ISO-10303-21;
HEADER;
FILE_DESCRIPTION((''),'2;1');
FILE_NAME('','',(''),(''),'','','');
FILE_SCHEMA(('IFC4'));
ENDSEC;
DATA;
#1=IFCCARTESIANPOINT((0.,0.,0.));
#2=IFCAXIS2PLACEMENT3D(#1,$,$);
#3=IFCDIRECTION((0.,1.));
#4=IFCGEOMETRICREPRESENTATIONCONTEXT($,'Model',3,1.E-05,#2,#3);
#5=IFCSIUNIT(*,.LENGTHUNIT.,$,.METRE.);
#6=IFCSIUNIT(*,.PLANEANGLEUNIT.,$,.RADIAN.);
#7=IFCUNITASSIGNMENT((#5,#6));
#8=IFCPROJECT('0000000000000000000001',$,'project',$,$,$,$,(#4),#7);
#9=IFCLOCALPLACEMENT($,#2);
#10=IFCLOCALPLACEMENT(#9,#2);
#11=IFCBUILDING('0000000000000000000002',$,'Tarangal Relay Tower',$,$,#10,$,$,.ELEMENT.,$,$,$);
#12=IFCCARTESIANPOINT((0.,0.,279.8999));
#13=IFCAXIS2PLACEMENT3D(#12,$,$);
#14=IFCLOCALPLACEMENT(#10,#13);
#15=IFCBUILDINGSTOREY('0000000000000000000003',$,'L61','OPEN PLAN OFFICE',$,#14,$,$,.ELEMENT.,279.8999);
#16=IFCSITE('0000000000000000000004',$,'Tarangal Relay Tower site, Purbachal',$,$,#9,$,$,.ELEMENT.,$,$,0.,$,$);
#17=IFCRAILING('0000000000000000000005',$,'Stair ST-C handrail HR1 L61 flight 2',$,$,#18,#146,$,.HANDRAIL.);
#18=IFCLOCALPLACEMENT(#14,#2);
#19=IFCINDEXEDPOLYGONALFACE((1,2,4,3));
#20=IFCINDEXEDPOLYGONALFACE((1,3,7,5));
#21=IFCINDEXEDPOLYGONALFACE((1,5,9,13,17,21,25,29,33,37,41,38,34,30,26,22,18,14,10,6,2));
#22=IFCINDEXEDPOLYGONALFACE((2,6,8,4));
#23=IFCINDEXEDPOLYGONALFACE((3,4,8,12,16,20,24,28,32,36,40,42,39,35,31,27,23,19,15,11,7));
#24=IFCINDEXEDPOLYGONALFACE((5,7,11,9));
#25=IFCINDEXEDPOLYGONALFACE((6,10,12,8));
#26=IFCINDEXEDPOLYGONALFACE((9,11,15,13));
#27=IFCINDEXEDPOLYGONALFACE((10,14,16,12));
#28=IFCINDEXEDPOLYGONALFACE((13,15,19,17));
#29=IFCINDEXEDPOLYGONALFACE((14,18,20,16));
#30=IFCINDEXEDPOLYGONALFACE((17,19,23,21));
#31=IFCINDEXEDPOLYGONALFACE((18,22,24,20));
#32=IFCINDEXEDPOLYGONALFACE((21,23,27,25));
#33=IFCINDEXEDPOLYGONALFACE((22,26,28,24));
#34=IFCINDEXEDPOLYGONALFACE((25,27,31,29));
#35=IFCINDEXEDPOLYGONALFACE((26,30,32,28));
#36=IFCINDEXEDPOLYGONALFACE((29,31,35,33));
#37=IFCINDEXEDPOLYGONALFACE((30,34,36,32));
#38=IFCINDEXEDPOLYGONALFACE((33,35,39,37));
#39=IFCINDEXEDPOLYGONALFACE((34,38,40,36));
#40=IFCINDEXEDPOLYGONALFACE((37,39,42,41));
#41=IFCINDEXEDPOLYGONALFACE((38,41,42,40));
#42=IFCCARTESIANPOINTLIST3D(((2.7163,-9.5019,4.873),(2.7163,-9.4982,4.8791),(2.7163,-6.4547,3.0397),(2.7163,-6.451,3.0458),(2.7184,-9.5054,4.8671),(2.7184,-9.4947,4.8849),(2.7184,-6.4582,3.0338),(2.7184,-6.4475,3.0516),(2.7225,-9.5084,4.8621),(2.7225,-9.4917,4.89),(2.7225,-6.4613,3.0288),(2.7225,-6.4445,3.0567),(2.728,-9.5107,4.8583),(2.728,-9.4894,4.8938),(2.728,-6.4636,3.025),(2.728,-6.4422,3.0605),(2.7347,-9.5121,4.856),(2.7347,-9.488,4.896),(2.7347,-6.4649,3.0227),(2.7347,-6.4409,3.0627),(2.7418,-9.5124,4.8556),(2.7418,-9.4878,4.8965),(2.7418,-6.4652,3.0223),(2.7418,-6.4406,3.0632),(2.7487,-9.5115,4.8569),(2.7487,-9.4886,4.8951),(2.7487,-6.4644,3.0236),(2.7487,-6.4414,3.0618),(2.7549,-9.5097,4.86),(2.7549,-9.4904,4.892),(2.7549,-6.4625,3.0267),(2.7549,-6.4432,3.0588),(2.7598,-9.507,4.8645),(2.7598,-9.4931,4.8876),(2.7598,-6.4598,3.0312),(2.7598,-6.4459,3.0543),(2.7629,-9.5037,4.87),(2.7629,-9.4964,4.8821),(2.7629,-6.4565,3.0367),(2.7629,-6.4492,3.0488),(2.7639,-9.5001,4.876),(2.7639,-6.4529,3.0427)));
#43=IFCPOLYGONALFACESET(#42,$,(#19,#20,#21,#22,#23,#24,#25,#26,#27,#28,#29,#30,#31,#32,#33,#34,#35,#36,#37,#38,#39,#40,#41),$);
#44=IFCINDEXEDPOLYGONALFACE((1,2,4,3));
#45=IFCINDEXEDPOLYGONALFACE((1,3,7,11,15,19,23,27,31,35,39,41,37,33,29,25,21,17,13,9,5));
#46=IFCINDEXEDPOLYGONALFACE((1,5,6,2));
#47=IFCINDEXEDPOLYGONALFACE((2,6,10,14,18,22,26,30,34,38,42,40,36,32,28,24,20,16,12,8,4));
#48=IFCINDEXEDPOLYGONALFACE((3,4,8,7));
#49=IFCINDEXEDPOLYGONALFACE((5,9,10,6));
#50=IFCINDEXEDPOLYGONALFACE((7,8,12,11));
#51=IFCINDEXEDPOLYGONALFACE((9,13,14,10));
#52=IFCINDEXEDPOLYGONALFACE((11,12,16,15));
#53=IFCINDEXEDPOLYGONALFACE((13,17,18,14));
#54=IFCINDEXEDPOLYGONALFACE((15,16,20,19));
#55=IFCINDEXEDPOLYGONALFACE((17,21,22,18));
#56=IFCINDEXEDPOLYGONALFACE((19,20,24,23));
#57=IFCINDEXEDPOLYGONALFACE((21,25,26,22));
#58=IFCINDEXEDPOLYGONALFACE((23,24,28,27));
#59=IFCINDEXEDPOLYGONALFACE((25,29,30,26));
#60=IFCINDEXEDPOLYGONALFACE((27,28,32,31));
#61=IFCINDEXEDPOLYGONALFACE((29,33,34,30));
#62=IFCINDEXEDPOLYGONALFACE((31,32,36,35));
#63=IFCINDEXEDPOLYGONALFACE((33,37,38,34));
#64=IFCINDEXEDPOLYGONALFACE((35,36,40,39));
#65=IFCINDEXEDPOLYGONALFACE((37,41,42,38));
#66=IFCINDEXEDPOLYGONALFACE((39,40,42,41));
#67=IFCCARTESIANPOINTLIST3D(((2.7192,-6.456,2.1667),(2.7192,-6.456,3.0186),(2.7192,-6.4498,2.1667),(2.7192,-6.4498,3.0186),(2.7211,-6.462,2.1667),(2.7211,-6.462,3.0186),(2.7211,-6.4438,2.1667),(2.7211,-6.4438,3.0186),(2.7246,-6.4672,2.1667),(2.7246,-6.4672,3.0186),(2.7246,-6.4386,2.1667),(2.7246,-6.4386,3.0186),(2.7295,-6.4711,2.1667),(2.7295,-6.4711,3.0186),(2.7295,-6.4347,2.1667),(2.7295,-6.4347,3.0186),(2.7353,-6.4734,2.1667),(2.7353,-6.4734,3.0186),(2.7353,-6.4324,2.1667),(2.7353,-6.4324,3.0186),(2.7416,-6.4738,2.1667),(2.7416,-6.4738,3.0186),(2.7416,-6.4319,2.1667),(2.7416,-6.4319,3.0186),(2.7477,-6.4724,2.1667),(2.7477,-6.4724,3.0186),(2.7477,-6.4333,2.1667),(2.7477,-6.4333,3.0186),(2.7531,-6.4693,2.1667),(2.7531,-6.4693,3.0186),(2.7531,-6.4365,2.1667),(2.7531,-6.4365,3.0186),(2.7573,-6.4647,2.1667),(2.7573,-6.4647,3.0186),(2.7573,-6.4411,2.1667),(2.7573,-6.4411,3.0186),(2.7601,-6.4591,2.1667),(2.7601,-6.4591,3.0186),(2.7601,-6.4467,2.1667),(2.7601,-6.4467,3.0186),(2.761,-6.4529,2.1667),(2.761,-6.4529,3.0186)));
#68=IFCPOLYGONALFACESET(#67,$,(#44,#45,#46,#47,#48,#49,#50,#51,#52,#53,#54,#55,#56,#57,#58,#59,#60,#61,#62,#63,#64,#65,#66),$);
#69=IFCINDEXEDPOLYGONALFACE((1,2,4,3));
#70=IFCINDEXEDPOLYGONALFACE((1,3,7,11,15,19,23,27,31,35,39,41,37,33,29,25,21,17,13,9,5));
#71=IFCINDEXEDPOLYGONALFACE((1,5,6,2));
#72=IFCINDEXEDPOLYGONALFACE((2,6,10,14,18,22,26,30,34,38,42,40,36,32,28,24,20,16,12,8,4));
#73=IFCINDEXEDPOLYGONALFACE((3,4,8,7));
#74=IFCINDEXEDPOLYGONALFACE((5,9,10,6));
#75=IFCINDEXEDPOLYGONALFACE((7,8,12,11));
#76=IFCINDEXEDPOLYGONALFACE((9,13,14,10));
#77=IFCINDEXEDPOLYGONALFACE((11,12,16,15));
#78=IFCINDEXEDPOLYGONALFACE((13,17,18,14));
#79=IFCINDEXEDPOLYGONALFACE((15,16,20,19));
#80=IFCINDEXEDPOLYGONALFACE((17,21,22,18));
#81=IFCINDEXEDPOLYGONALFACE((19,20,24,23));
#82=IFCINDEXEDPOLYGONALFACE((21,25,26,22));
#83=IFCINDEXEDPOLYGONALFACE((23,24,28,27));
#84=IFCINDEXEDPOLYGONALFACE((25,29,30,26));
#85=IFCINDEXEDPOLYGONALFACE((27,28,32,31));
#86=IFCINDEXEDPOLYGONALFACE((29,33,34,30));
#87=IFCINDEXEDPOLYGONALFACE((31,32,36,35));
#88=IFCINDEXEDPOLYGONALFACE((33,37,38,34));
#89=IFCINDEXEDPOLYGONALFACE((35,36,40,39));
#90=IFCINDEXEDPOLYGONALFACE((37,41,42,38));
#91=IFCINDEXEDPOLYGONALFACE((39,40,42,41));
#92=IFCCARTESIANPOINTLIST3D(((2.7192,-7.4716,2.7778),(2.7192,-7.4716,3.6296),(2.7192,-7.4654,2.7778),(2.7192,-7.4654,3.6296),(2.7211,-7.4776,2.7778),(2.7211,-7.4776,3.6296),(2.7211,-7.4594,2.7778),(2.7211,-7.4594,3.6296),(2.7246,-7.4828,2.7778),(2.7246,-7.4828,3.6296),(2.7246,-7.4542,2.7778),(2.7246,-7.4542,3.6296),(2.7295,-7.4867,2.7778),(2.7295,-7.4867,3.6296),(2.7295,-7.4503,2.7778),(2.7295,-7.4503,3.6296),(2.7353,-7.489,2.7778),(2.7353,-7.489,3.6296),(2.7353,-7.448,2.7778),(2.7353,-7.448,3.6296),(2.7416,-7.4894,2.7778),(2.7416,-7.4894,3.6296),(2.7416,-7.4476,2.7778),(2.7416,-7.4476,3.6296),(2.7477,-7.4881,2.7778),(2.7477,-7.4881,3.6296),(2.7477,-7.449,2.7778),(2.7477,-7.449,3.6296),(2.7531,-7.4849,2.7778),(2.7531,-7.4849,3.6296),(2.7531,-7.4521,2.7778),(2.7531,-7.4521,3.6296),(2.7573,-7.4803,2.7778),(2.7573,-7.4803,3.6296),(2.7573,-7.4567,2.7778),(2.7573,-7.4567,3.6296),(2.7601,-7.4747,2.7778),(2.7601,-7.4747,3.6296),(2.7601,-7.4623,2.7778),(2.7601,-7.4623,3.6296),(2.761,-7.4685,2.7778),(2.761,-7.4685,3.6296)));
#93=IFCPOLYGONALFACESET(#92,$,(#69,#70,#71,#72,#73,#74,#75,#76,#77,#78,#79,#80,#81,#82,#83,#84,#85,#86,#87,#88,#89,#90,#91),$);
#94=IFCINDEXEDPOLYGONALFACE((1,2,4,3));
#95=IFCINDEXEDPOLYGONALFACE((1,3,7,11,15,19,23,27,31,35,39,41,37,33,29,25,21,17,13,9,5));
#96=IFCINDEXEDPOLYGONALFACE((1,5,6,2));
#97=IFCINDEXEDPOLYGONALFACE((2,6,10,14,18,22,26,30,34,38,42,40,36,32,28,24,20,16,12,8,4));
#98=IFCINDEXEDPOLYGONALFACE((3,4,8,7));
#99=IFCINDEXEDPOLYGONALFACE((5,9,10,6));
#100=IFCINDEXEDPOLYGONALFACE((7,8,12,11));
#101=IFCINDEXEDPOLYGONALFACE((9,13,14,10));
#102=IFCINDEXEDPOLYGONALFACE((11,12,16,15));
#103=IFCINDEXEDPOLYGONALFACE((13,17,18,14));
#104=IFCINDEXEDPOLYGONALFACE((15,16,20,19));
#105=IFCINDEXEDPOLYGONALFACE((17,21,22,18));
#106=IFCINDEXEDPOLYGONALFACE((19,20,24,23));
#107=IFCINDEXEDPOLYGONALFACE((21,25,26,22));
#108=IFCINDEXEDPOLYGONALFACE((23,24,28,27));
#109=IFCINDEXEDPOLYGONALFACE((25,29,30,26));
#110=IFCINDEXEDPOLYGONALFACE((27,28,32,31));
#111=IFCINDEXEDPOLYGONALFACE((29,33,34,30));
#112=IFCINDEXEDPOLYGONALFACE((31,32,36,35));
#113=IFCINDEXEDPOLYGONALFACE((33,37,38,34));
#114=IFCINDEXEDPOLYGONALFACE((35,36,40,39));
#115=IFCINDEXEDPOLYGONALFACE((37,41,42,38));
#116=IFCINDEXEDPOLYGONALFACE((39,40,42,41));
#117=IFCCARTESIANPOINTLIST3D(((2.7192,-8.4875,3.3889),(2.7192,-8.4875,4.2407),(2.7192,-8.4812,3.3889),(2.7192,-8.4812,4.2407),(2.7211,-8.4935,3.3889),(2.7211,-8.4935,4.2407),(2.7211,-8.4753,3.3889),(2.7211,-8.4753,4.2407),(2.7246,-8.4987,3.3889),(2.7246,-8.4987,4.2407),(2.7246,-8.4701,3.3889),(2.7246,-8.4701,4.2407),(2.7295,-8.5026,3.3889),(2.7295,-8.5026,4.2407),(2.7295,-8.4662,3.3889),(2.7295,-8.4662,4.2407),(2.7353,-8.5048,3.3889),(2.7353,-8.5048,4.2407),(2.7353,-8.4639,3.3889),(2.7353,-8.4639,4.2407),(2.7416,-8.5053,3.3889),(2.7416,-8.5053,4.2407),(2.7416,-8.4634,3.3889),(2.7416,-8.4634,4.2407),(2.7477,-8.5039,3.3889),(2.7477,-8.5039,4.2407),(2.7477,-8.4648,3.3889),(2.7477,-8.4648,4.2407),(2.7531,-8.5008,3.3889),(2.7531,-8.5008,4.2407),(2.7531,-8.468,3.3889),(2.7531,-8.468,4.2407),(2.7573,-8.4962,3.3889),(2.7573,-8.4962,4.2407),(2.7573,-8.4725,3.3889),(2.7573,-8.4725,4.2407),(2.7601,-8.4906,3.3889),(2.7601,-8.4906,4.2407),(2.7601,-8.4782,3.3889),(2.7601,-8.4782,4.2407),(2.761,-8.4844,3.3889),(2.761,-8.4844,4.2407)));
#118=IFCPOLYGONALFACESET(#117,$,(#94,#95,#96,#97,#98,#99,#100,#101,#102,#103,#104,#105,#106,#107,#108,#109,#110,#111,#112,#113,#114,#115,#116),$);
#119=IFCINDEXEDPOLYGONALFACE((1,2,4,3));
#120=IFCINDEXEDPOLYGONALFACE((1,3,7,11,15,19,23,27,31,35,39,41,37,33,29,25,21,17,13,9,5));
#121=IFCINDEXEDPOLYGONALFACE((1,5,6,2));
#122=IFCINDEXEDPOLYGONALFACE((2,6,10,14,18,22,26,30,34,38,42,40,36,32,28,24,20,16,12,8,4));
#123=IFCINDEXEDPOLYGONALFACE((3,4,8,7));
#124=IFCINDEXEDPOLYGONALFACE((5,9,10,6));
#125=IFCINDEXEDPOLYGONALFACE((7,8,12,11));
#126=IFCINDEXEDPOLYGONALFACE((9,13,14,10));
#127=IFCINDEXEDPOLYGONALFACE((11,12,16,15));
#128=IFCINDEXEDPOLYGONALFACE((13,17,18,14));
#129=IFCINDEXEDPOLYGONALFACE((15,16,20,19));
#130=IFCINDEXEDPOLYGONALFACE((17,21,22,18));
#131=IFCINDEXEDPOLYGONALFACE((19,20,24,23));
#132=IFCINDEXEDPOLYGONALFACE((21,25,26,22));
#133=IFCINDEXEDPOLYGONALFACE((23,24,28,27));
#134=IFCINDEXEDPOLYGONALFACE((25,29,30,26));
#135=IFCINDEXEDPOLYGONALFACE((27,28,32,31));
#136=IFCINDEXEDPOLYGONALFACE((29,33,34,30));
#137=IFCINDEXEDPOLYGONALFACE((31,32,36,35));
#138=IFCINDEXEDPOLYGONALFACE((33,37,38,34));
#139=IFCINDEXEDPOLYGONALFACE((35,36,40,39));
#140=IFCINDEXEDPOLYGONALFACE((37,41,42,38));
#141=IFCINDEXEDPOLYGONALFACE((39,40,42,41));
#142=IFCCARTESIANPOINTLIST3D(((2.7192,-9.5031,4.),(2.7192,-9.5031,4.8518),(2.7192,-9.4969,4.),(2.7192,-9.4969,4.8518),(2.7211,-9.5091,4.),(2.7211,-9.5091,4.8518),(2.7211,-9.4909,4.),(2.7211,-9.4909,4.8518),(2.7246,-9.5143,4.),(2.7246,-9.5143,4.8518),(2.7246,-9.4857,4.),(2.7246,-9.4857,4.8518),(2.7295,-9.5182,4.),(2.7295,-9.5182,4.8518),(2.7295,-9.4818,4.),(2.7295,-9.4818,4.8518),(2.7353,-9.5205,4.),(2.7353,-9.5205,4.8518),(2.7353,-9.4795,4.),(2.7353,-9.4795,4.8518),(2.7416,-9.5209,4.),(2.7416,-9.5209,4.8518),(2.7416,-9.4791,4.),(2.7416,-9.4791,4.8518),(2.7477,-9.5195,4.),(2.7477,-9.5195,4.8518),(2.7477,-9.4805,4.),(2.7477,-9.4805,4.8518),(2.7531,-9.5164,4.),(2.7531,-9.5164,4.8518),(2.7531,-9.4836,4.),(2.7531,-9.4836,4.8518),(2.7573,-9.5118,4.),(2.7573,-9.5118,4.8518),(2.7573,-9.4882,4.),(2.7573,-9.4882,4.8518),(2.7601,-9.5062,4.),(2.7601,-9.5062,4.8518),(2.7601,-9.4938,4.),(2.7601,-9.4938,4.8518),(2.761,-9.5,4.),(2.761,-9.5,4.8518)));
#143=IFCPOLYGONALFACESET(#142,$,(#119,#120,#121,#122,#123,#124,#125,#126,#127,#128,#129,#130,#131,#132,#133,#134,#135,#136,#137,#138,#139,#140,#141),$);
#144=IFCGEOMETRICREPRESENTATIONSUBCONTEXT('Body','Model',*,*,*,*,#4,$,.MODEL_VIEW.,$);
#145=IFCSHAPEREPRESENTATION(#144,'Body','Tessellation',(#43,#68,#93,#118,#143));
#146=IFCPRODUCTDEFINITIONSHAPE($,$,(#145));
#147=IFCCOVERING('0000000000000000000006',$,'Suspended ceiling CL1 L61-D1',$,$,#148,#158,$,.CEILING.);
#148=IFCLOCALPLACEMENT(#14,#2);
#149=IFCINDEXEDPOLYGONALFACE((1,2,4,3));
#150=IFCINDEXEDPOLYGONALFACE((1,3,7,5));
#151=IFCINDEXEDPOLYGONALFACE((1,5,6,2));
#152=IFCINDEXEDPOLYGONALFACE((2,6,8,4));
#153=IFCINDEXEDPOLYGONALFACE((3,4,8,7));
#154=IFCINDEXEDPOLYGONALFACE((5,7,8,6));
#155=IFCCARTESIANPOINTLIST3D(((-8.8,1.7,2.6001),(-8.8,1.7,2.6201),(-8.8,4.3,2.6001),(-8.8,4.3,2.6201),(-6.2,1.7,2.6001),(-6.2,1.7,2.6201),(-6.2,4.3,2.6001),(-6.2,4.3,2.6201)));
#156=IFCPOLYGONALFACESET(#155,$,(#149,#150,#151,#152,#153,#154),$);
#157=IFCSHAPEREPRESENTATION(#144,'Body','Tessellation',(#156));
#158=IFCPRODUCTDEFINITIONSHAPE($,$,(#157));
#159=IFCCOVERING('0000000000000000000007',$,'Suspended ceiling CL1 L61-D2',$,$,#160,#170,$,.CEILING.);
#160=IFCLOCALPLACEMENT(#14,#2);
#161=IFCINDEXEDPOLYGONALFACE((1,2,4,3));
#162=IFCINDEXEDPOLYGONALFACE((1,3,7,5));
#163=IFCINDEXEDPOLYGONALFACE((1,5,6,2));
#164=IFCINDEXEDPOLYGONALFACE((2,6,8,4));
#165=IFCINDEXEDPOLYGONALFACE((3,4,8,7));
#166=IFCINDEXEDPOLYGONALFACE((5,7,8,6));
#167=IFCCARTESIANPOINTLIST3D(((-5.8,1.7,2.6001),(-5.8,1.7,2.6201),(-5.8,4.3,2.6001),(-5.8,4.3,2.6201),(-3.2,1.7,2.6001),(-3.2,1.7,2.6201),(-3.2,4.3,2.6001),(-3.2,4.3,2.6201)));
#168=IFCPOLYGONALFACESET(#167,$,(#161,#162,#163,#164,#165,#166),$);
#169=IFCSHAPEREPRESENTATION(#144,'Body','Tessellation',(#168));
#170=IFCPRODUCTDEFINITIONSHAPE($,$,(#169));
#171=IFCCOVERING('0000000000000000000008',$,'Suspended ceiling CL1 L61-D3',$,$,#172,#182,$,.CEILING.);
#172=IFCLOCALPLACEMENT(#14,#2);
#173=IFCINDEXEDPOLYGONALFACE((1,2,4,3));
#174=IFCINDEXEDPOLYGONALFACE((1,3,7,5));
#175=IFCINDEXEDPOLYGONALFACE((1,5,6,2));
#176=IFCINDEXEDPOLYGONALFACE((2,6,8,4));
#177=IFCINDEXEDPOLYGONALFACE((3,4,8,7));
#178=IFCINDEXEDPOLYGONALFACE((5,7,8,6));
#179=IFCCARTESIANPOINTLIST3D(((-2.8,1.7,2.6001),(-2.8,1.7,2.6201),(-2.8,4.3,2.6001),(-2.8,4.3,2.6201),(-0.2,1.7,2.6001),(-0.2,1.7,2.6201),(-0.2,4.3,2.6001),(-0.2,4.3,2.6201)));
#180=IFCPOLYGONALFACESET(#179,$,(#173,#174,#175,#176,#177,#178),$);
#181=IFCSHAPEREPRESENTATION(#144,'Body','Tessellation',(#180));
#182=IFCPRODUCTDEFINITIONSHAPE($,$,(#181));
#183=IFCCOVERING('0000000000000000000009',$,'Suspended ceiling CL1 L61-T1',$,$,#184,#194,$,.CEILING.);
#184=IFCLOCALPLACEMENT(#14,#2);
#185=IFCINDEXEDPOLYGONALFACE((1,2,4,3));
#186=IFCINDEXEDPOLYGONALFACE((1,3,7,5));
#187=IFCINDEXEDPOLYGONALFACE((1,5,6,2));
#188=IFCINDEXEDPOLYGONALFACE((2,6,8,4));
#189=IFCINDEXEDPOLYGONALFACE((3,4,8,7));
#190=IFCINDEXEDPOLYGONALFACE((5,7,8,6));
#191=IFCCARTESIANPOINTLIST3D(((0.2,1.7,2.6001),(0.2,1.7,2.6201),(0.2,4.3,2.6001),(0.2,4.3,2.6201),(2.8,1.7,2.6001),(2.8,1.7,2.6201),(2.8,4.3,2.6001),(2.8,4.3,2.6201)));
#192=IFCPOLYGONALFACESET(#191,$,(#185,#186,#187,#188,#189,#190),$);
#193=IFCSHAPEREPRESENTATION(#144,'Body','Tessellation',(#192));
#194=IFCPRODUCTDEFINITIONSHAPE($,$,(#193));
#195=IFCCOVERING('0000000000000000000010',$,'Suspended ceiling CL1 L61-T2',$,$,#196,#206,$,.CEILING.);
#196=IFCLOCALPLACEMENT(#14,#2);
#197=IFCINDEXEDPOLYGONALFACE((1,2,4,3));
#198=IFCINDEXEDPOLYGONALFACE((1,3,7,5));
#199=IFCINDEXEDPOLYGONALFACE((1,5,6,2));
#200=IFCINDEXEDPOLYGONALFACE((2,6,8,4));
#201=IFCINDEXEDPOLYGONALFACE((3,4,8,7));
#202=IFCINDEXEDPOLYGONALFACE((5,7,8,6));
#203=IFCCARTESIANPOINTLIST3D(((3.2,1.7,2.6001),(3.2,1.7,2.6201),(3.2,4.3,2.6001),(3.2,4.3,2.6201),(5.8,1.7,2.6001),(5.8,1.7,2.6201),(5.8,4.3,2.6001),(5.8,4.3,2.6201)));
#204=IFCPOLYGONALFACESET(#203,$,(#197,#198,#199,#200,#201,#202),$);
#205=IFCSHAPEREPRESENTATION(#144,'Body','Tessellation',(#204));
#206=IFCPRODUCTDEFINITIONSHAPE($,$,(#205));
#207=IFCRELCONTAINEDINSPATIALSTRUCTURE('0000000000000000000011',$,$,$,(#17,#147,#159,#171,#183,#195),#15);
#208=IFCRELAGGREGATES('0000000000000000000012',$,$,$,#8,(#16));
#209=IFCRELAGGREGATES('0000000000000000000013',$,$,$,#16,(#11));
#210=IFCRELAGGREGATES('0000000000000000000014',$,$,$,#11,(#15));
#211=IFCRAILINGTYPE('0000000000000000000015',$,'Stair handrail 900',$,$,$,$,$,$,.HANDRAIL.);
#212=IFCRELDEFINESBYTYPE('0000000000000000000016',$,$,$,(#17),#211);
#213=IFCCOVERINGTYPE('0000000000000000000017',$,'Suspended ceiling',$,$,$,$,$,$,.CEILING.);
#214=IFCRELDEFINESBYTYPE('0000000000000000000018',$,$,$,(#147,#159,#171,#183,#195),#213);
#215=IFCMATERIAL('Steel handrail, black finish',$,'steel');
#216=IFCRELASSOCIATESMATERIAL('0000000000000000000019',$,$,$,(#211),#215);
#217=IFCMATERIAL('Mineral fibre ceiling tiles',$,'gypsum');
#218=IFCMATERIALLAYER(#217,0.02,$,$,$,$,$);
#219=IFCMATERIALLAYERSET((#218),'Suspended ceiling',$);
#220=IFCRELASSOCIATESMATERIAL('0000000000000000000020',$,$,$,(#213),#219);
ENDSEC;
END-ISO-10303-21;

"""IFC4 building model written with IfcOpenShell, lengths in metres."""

from ifc_helpers import new_model, si_unit, direction, frame, origin, origin_2d, place, context, subcontext, project, spatial, polyline, circle, outline, extrude, material, layer, layer_set, type_object, element, save


model = new_model("IFC4")

# Units and contexts
model_context = context("Model", 3, precision=1e-05, world=origin(), true_north=direction((0.0, 1.0)))
body_context = subcontext(model_context, "Body", "Model", "MODEL_VIEW")
ifc_project = project(units=[si_unit("LENGTHUNIT", "METRE"), si_unit("PLANEANGLEUNIT", "RADIAN")], contexts=[model_context])

# Site, building, storey
site_placement = place(None, origin())
site = spatial("IfcSite", under=ifc_project, at=site_placement, Name="Tarangal Relay Tower site, Purbachal", CompositionType="ELEMENT", RefElevation=0.0)
building_placement = place(site_placement, origin())
building = spatial("IfcBuilding", under=site, at=building_placement, Name="Tarangal Relay Tower", CompositionType="ELEMENT")
storey_placement = place(building_placement, frame((0.0, 0.0, 279.8999)))
storey = spatial("IfcBuildingStorey", under=building, at=storey_placement, Name="L61", Description="OPEN PLAN OFFICE", CompositionType="ELEMENT", Elevation=279.8999)

# Railing
ifc_material_1 = material(Name="Steel handrail, black finish", Category="steel")
railing_type = type_object("IfcRailingType", Name="Stair handrail 900", PredefinedType="HANDRAIL", material=ifc_material_1)
railing_placement = place(storey_placement, frame((2.74, -6.4529, 2.1667)))
element("IfcRailing", 1, at=railing_placement, inside=storey, type_object=railing_type, Name="Stair ST-C handrail HR1 L61 flight 2", PredefinedType="HANDRAIL", context=body_context, shape_type="SweptSolid", body=[
    extrude(circle(Radius=0.0239, at=origin_2d()), frame((0.0, 0.0, 0.876), z_axis=(0.0, -0.856874, 0.515525), x_axis=(1.0, 0.0, 0.0)), (0.0, 0.0, 1.0), 3.5562),
    extrude(circle(Radius=0.021, at=origin_2d()), origin(), (0.0, 0.0, 1.0), 0.8518),
    extrude(circle(Radius=0.021, at=origin_2d()), frame((0.0, -1.0156, 0.6111)), (0.0, 0.0, 1.0), 0.8518),
    extrude(circle(Radius=0.021, at=origin_2d()), frame((0.0, -2.0315, 1.2222)), (0.0, 0.0, 1.0), 0.8518),
    extrude(circle(Radius=0.021, at=origin_2d()), frame((0.0, -3.0471, 1.8333)), (0.0, 0.0, 1.0), 0.8518),
])

# Coverings
ifc_material_2 = material(Name="Mineral fibre ceiling tiles", Category="gypsum")
ifc_layer_1 = layer(ifc_material_2, 0.02)
ifc_layer_set_1 = layer_set([ifc_layer_1], Name="Suspended ceiling")
covering_type_1 = type_object("IfcCoveringType", Name="Suspended ceiling", PredefinedType="CEILING", material=ifc_layer_set_1)
covering_1_placement = place(storey_placement, frame((0.0, 0.0, 2.6001)))
element("IfcCovering", 2, at=covering_1_placement, inside=storey, type_object=covering_type_1, Name="Suspended ceiling CL1 L61-D1", PredefinedType="CEILING", context=body_context, shape_type="SweptSolid", body=[
    extrude(outline(polyline([(-8.8, 1.7), (-6.2, 1.7), (-6.2, 4.3), (-8.8, 4.3), (-8.8, 1.7)])), origin(), (0.0, 0.0, 1.0), 0.02),
])
covering_2_placement = place(storey_placement, frame((0.0, 0.0, 2.6001)))
element("IfcCovering", 3, at=covering_2_placement, inside=storey, type_object=covering_type_1, Name="Suspended ceiling CL1 L61-D2", PredefinedType="CEILING", context=body_context, shape_type="SweptSolid", body=[
    extrude(outline(polyline([(-5.8, 1.7), (-3.2, 1.7), (-3.2, 4.3), (-5.8, 4.3), (-5.8, 1.7)])), origin(), (0.0, 0.0, 1.0), 0.02),
])
covering_3_placement = place(storey_placement, frame((0.0, 0.0, 2.6001)))
element("IfcCovering", 4, at=covering_3_placement, inside=storey, type_object=covering_type_1, Name="Suspended ceiling CL1 L61-D3", PredefinedType="CEILING", context=body_context, shape_type="SweptSolid", body=[
    extrude(outline(polyline([(-2.8, 1.7), (-0.2, 1.7), (-0.2, 4.3), (-2.8, 4.3), (-2.8, 1.7)])), origin(), (0.0, 0.0, 1.0), 0.02),
])
covering_4_placement = place(storey_placement, frame((0.0, 0.0, 2.6001)))
element("IfcCovering", 5, at=covering_4_placement, inside=storey, type_object=covering_type_1, Name="Suspended ceiling CL1 L61-T1", PredefinedType="CEILING", context=body_context, shape_type="SweptSolid", body=[
    extrude(outline(polyline([(0.2, 1.7), (2.8, 1.7), (2.8, 4.3), (0.2, 4.3), (0.2, 1.7)])), origin(), (0.0, 0.0, 1.0), 0.02),
])
covering_5_placement = place(storey_placement, frame((0.0, 0.0, 2.6001)))
element("IfcCovering", 6, at=covering_5_placement, inside=storey, type_object=covering_type_1, Name="Suspended ceiling CL1 L61-T2", PredefinedType="CEILING", context=body_context, shape_type="SweptSolid", body=[
    extrude(outline(polyline([(3.2, 1.7), (5.8, 1.7), (5.8, 4.3), (3.2, 4.3), (3.2, 1.7)])), origin(), (0.0, 0.0, 1.0), 0.02),
])

save(model, "model.ifc")
